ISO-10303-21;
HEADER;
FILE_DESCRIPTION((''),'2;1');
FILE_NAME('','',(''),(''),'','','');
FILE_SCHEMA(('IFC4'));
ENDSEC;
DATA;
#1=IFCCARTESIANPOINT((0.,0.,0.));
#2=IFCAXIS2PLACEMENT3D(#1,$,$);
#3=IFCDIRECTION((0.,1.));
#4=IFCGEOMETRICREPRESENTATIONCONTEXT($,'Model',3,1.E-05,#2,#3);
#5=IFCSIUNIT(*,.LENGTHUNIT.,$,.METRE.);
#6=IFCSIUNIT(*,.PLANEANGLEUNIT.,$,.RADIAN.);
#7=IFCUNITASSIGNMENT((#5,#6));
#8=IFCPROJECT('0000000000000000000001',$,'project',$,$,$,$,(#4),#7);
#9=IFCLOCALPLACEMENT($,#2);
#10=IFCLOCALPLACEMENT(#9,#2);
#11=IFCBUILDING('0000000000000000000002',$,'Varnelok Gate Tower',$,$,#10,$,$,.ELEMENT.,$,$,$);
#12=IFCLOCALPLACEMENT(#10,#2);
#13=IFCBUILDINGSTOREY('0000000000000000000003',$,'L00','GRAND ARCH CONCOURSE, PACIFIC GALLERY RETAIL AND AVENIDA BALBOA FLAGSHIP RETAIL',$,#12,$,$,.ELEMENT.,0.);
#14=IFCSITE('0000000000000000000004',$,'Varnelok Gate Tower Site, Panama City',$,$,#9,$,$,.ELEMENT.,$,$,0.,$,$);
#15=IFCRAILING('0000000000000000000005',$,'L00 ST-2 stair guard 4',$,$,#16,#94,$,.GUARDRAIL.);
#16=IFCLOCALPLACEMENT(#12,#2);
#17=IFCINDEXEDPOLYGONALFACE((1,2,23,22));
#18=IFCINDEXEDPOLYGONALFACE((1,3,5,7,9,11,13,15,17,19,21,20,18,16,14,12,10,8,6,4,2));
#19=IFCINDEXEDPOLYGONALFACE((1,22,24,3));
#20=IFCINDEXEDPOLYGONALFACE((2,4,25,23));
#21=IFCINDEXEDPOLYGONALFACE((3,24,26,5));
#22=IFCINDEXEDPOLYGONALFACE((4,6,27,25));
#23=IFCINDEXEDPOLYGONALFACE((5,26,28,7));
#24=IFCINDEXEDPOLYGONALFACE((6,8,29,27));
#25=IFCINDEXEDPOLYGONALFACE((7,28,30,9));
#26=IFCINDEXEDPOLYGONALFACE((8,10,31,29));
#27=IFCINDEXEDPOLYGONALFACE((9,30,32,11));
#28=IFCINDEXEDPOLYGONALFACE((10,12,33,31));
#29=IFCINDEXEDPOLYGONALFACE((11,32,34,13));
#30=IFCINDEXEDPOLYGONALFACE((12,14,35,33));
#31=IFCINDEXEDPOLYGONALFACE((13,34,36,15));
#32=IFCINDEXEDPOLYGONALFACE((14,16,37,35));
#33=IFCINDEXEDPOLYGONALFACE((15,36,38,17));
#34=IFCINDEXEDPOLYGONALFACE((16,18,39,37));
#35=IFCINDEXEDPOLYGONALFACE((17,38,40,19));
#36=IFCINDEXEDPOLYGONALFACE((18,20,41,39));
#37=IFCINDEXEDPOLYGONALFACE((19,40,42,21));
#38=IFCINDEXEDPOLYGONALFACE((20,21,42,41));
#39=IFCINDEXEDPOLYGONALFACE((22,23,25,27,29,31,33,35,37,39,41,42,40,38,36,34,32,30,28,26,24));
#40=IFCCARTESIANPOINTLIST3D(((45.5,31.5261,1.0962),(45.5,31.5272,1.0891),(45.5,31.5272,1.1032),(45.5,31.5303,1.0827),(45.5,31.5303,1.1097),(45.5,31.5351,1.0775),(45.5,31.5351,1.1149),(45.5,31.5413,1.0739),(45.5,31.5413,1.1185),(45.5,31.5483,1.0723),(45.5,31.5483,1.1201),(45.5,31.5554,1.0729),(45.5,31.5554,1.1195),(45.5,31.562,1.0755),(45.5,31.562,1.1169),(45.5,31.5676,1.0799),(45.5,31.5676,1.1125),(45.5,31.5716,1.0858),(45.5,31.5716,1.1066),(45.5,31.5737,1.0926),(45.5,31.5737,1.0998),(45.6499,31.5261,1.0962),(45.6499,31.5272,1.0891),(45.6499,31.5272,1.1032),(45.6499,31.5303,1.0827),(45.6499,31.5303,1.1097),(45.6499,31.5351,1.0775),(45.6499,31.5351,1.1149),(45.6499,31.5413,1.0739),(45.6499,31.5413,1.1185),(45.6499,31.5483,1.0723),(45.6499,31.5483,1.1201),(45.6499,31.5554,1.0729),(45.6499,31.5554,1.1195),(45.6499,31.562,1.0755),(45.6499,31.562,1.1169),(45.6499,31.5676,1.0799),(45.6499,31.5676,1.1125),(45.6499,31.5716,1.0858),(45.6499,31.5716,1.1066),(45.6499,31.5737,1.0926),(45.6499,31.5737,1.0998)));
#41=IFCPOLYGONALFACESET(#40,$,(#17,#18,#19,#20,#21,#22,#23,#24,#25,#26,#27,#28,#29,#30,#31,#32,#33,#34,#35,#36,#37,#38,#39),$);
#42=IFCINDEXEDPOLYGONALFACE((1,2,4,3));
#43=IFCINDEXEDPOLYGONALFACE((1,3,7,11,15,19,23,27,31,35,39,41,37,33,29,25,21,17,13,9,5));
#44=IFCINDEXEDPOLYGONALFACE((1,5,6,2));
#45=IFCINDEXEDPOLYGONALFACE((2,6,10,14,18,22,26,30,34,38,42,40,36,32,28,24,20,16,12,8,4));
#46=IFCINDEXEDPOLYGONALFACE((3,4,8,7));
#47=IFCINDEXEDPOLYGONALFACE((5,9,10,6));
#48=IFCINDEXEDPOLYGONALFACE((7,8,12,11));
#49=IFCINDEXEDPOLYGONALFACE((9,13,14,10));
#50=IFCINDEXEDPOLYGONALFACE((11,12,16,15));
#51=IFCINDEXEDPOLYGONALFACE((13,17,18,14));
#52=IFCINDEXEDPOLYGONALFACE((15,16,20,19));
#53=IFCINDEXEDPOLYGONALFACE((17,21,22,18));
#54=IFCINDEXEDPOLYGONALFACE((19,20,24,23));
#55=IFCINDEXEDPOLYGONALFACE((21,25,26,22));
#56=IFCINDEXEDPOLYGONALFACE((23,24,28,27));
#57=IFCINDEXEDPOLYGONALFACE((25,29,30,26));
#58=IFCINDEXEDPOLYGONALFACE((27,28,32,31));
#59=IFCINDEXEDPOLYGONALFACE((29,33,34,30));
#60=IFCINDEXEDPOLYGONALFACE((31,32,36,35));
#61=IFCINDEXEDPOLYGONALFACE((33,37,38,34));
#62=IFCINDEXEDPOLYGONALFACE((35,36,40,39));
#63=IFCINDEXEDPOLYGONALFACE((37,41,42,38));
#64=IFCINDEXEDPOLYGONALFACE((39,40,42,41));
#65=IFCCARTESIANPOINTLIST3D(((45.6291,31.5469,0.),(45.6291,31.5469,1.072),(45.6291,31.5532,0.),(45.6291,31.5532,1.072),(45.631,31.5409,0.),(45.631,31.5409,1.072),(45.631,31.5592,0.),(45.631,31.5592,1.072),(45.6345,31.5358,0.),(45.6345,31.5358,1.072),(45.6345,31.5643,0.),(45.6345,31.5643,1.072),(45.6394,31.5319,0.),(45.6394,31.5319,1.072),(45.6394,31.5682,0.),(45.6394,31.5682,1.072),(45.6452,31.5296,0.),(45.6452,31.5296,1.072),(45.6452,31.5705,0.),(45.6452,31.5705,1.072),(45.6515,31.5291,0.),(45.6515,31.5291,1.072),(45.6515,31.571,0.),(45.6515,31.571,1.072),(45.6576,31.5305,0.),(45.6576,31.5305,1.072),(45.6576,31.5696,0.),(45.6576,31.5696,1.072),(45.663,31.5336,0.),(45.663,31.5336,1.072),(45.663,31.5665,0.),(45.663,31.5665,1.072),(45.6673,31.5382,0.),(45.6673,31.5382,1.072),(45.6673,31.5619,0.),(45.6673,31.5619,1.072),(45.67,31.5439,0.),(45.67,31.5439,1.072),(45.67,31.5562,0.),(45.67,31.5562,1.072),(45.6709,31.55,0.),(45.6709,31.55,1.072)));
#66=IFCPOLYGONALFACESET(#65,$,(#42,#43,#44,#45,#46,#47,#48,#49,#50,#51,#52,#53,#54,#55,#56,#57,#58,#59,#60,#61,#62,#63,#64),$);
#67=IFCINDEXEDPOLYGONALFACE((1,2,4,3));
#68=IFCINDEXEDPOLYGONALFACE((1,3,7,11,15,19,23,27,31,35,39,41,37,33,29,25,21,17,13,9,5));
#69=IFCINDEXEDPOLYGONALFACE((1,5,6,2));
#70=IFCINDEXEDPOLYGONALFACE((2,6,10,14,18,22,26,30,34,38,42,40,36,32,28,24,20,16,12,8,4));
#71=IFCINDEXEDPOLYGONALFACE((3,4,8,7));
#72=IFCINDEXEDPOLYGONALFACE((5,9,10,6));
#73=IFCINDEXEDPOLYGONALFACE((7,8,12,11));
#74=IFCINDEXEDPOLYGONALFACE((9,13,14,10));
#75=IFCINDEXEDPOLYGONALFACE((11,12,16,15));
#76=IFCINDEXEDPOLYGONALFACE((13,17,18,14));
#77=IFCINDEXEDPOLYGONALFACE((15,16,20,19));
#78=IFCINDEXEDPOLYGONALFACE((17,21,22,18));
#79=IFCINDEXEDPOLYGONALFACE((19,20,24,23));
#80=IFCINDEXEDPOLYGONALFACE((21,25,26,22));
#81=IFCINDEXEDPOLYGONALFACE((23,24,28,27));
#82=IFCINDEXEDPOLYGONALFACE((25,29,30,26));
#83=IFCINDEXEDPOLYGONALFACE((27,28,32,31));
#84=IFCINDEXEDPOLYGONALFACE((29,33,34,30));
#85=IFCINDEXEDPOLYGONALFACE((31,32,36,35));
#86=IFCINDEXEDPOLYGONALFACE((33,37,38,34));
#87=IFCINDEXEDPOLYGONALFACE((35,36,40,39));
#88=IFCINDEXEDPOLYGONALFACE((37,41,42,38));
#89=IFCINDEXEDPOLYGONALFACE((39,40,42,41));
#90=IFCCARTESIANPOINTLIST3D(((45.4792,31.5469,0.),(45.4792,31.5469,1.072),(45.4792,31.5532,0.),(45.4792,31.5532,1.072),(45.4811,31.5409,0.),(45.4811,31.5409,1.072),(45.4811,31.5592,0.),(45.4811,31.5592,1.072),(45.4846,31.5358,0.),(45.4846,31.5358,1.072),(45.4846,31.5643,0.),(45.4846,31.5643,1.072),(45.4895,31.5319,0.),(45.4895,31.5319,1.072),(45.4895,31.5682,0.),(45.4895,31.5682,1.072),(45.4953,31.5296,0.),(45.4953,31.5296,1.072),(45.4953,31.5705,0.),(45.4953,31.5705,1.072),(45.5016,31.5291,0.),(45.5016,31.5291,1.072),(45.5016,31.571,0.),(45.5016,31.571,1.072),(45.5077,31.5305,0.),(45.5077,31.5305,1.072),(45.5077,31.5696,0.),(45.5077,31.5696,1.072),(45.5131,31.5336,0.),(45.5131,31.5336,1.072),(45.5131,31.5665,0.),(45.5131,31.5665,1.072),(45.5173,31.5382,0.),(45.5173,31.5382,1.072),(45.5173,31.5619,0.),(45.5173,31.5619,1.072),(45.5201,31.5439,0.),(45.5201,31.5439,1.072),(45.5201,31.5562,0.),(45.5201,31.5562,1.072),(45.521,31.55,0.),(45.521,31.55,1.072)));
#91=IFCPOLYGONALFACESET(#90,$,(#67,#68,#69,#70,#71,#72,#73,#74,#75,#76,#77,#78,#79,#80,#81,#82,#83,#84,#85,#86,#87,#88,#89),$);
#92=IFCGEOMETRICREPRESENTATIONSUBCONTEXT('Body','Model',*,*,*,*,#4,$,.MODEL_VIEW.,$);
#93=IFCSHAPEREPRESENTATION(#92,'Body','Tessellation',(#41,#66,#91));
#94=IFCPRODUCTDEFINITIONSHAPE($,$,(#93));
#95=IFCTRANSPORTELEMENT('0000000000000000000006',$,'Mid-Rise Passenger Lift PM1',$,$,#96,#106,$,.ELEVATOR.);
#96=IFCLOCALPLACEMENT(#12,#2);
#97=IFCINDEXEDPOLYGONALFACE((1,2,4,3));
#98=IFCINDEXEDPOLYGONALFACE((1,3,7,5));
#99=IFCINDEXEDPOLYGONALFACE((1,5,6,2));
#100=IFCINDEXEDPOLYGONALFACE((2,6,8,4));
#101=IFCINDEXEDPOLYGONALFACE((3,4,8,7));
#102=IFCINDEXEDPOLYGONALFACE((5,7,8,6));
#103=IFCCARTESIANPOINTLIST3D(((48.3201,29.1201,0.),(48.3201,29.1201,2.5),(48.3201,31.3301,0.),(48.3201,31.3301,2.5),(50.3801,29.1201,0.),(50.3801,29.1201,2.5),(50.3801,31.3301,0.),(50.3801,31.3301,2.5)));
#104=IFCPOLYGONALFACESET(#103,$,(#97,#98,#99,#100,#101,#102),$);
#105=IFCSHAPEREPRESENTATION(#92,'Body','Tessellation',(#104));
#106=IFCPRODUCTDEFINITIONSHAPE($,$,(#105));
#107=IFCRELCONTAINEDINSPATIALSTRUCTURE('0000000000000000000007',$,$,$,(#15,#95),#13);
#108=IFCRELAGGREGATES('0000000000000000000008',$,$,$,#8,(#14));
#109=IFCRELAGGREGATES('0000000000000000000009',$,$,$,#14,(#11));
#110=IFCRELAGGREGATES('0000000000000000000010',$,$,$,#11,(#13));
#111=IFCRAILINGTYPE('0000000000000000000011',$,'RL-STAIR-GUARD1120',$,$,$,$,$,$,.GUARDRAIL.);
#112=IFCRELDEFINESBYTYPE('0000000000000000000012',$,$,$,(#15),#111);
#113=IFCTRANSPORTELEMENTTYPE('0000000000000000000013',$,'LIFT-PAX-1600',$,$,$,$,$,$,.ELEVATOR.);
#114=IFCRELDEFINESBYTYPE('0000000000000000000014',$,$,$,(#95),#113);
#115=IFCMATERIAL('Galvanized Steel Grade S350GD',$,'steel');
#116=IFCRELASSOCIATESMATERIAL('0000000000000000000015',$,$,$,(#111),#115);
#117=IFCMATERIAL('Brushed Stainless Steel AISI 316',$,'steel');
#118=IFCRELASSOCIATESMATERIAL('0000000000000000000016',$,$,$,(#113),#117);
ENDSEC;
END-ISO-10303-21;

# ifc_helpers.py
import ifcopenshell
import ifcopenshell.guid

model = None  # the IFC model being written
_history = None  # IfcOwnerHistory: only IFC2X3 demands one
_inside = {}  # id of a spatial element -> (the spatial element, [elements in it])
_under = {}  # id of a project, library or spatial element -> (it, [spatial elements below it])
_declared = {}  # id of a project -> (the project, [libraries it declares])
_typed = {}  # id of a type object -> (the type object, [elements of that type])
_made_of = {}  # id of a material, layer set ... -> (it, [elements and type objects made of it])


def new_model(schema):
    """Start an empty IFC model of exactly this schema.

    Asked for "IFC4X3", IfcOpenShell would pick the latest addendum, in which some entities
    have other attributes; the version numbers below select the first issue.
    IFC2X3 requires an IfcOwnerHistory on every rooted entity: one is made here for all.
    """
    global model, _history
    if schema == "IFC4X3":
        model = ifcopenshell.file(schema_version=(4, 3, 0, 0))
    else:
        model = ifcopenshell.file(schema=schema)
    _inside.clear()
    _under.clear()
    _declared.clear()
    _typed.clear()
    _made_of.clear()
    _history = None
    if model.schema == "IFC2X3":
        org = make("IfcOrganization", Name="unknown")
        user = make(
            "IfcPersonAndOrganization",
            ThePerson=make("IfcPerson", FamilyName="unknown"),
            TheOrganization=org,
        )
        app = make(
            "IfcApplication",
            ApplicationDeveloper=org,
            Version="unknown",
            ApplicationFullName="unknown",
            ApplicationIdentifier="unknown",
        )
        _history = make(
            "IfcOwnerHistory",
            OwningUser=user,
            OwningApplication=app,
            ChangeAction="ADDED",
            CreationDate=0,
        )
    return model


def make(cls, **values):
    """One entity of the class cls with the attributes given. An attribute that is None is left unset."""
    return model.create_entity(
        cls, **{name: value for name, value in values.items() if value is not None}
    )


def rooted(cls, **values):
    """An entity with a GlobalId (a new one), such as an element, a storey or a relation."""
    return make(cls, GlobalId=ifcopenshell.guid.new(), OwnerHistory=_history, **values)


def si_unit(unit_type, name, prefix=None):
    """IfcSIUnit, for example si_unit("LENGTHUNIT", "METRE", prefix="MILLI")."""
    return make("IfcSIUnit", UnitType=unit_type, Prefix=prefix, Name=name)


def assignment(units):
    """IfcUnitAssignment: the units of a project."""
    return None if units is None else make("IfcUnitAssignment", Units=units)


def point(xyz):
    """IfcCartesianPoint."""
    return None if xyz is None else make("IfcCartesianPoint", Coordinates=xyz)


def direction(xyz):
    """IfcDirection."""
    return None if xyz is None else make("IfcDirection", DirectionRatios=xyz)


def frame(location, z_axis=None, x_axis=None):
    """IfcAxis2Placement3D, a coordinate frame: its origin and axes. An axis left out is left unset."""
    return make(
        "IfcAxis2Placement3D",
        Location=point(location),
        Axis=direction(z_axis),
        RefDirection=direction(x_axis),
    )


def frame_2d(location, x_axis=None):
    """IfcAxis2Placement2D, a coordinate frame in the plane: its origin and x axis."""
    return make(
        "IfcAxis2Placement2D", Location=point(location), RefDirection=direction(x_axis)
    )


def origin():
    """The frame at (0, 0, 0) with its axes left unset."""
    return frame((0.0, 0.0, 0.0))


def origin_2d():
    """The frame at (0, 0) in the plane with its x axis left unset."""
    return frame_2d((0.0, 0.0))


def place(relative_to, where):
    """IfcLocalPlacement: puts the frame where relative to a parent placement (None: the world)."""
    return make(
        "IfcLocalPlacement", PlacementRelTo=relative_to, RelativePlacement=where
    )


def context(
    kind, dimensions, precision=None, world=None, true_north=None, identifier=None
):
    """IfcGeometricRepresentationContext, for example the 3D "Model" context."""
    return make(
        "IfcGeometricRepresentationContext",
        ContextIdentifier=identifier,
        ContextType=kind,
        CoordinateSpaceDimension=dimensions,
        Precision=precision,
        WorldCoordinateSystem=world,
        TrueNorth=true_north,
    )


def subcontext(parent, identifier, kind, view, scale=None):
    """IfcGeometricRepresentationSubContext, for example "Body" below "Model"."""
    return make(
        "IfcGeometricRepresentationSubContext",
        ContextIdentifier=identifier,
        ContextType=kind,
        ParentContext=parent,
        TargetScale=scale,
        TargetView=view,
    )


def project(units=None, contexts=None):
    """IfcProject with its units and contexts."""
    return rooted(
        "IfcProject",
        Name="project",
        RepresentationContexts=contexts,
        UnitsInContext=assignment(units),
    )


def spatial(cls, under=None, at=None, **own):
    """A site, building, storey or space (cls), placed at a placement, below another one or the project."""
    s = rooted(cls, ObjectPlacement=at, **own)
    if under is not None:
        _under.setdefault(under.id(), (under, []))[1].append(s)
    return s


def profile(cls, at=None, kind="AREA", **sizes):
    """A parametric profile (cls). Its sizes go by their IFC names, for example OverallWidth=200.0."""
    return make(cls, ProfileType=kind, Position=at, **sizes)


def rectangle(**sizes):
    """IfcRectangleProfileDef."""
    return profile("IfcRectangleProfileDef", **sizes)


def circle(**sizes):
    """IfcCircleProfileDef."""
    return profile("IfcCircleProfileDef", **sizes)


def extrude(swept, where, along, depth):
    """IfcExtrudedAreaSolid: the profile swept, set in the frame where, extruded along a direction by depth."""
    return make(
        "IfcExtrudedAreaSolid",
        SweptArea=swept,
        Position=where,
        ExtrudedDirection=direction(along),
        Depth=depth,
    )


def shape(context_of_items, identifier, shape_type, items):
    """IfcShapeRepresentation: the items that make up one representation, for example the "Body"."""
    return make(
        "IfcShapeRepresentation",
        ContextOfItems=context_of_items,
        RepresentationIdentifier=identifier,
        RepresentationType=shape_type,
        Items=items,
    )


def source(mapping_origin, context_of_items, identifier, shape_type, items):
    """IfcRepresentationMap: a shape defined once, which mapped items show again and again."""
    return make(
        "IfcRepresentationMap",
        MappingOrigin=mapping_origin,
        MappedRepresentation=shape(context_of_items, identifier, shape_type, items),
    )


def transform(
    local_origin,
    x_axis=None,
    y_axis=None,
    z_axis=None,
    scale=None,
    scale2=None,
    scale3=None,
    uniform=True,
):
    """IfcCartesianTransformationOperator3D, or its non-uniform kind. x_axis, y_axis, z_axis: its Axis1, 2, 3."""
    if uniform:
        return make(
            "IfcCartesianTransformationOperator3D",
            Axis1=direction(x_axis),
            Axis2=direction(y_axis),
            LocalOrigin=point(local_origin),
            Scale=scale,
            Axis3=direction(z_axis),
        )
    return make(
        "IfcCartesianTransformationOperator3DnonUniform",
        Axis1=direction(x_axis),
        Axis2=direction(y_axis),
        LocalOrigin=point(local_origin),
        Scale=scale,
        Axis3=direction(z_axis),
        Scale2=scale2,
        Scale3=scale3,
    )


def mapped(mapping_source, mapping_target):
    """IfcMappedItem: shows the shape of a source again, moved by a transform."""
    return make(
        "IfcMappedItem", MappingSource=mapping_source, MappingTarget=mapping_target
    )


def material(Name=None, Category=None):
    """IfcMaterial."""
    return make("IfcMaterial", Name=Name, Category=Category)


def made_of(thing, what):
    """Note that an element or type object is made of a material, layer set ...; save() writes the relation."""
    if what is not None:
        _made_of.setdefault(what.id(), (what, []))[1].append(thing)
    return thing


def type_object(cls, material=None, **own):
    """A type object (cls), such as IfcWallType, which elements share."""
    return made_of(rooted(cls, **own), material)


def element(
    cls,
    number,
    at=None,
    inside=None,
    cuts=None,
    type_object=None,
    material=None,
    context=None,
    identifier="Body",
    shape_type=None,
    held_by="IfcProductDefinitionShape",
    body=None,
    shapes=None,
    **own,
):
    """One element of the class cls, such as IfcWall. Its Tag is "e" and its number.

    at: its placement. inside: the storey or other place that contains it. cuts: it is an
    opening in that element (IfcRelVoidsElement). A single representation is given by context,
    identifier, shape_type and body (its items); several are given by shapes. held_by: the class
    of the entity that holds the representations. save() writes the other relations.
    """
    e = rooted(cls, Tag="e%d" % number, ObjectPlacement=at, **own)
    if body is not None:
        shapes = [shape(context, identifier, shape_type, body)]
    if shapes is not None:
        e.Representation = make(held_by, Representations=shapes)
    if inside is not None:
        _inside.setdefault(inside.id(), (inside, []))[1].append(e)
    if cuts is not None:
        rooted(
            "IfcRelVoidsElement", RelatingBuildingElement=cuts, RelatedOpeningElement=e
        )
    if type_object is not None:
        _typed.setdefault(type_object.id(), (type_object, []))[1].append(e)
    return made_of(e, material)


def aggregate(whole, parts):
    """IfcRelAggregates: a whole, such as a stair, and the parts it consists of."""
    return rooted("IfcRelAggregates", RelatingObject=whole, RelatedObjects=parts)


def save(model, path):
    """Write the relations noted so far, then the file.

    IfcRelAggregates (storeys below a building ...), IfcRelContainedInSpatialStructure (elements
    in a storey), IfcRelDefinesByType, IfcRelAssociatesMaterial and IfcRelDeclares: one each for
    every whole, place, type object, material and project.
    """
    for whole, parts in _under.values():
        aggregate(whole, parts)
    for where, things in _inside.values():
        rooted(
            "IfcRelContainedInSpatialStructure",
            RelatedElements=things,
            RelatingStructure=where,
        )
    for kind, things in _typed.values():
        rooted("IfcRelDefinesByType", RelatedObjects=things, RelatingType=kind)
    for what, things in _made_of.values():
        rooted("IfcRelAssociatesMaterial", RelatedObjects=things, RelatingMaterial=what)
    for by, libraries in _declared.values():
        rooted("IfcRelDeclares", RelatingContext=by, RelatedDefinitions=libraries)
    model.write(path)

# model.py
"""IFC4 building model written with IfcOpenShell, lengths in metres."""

from ifc_helpers import new_model, si_unit, direction, frame, origin, origin_2d, place, context, subcontext, project, spatial, rectangle, circle, extrude, source, transform, mapped, material, type_object, element, save


model = new_model("IFC4")

# Units and contexts
model_context = context("Model", 3, precision=1e-05, world=origin(), true_north=direction((0.0, 1.0)))
body_context = subcontext(model_context, "Body", "Model", "MODEL_VIEW")
ifc_project = project(units=[si_unit("LENGTHUNIT", "METRE"), si_unit("PLANEANGLEUNIT", "RADIAN")], contexts=[model_context])

# Site, building, storey
site_placement = place(None, origin())
site = spatial("IfcSite", under=ifc_project, at=site_placement, Name="Varnelok Gate Tower Site, Panama City", CompositionType="ELEMENT", RefElevation=0.0)
building_placement = place(site_placement, origin())
building = spatial("IfcBuilding", under=site, at=building_placement, Name="Varnelok Gate Tower", CompositionType="ELEMENT")
storey_placement = place(building_placement, origin())
storey = spatial("IfcBuildingStorey", under=building, at=storey_placement, Name="L00", Description="GRAND ARCH CONCOURSE, PACIFIC GALLERY RETAIL AND AVENIDA BALBOA FLAGSHIP RETAIL", CompositionType="ELEMENT", Elevation=0.0)

# Shared definitions
ifc_material_1 = material(Name="Galvanized Steel Grade S350GD", Category="steel")

# Railing
ifc_material_2 = material(Name="Brushed Stainless Steel AISI 316", Category="steel")
railing_type_1 = type_object("IfcRailingType", Name="RL-STAIR-GUARD1120", PredefinedType="GUARDRAIL", material=ifc_material_1)
railing_1_placement = place(storey_placement, frame((45.6499, 31.55, 0.0)))
element("IfcRailing", 1, at=railing_1_placement, inside=storey, type_object=railing_type_1, Name="L00 ST-2 stair guard 4", PredefinedType="GUARDRAIL", context=body_context, shape_type="SweptSolid", body=[
    extrude(circle(Radius=0.0239, at=origin_2d()), frame((0.0, 0.0, 1.0962), z_axis=(-1.0, 0.0, 0.0), x_axis=(0.0, -1.0, 0.0)), (0.0, 0.0, 1.0), 0.1499),
    extrude(circle(Radius=0.021, at=origin_2d()), origin(), (0.0, 0.0, 1.0), 1.072),
    extrude(circle(Radius=0.021, at=origin_2d()), frame((-0.1499, 0.0, 0.0)), (0.0, 0.0, 1.0), 1.072),
])

# Transport element
transport_element_type = type_object("IfcTransportElementType", Name="LIFT-PAX-1600", PredefinedType="ELEVATOR", material=ifc_material_2)
shared_shape = source(origin(), body_context, "Body", "SweptSolid", [
    extrude(rectangle(XDim=2.0601, YDim=2.21, at=origin_2d()), origin(), (0.0, 0.0, 1.0), 2.5),
])
transport_element_placement = place(storey_placement, frame((49.3501, 30.2251, 0.0), z_axis=(0.0, 0.0, 1.0), x_axis=(1.0, 0.0, 0.0)))
element("IfcTransportElement", 2, at=transport_element_placement, inside=storey, type_object=transport_element_type, Name="Mid-Rise Passenger Lift PM1", PredefinedType="ELEVATOR", context=body_context, shape_type="MappedRepresentation", body=[
    mapped(shared_shape, transform((0.0, 0.0, 0.0), scale=1.0)),
])

save(model, "model.ifc")
